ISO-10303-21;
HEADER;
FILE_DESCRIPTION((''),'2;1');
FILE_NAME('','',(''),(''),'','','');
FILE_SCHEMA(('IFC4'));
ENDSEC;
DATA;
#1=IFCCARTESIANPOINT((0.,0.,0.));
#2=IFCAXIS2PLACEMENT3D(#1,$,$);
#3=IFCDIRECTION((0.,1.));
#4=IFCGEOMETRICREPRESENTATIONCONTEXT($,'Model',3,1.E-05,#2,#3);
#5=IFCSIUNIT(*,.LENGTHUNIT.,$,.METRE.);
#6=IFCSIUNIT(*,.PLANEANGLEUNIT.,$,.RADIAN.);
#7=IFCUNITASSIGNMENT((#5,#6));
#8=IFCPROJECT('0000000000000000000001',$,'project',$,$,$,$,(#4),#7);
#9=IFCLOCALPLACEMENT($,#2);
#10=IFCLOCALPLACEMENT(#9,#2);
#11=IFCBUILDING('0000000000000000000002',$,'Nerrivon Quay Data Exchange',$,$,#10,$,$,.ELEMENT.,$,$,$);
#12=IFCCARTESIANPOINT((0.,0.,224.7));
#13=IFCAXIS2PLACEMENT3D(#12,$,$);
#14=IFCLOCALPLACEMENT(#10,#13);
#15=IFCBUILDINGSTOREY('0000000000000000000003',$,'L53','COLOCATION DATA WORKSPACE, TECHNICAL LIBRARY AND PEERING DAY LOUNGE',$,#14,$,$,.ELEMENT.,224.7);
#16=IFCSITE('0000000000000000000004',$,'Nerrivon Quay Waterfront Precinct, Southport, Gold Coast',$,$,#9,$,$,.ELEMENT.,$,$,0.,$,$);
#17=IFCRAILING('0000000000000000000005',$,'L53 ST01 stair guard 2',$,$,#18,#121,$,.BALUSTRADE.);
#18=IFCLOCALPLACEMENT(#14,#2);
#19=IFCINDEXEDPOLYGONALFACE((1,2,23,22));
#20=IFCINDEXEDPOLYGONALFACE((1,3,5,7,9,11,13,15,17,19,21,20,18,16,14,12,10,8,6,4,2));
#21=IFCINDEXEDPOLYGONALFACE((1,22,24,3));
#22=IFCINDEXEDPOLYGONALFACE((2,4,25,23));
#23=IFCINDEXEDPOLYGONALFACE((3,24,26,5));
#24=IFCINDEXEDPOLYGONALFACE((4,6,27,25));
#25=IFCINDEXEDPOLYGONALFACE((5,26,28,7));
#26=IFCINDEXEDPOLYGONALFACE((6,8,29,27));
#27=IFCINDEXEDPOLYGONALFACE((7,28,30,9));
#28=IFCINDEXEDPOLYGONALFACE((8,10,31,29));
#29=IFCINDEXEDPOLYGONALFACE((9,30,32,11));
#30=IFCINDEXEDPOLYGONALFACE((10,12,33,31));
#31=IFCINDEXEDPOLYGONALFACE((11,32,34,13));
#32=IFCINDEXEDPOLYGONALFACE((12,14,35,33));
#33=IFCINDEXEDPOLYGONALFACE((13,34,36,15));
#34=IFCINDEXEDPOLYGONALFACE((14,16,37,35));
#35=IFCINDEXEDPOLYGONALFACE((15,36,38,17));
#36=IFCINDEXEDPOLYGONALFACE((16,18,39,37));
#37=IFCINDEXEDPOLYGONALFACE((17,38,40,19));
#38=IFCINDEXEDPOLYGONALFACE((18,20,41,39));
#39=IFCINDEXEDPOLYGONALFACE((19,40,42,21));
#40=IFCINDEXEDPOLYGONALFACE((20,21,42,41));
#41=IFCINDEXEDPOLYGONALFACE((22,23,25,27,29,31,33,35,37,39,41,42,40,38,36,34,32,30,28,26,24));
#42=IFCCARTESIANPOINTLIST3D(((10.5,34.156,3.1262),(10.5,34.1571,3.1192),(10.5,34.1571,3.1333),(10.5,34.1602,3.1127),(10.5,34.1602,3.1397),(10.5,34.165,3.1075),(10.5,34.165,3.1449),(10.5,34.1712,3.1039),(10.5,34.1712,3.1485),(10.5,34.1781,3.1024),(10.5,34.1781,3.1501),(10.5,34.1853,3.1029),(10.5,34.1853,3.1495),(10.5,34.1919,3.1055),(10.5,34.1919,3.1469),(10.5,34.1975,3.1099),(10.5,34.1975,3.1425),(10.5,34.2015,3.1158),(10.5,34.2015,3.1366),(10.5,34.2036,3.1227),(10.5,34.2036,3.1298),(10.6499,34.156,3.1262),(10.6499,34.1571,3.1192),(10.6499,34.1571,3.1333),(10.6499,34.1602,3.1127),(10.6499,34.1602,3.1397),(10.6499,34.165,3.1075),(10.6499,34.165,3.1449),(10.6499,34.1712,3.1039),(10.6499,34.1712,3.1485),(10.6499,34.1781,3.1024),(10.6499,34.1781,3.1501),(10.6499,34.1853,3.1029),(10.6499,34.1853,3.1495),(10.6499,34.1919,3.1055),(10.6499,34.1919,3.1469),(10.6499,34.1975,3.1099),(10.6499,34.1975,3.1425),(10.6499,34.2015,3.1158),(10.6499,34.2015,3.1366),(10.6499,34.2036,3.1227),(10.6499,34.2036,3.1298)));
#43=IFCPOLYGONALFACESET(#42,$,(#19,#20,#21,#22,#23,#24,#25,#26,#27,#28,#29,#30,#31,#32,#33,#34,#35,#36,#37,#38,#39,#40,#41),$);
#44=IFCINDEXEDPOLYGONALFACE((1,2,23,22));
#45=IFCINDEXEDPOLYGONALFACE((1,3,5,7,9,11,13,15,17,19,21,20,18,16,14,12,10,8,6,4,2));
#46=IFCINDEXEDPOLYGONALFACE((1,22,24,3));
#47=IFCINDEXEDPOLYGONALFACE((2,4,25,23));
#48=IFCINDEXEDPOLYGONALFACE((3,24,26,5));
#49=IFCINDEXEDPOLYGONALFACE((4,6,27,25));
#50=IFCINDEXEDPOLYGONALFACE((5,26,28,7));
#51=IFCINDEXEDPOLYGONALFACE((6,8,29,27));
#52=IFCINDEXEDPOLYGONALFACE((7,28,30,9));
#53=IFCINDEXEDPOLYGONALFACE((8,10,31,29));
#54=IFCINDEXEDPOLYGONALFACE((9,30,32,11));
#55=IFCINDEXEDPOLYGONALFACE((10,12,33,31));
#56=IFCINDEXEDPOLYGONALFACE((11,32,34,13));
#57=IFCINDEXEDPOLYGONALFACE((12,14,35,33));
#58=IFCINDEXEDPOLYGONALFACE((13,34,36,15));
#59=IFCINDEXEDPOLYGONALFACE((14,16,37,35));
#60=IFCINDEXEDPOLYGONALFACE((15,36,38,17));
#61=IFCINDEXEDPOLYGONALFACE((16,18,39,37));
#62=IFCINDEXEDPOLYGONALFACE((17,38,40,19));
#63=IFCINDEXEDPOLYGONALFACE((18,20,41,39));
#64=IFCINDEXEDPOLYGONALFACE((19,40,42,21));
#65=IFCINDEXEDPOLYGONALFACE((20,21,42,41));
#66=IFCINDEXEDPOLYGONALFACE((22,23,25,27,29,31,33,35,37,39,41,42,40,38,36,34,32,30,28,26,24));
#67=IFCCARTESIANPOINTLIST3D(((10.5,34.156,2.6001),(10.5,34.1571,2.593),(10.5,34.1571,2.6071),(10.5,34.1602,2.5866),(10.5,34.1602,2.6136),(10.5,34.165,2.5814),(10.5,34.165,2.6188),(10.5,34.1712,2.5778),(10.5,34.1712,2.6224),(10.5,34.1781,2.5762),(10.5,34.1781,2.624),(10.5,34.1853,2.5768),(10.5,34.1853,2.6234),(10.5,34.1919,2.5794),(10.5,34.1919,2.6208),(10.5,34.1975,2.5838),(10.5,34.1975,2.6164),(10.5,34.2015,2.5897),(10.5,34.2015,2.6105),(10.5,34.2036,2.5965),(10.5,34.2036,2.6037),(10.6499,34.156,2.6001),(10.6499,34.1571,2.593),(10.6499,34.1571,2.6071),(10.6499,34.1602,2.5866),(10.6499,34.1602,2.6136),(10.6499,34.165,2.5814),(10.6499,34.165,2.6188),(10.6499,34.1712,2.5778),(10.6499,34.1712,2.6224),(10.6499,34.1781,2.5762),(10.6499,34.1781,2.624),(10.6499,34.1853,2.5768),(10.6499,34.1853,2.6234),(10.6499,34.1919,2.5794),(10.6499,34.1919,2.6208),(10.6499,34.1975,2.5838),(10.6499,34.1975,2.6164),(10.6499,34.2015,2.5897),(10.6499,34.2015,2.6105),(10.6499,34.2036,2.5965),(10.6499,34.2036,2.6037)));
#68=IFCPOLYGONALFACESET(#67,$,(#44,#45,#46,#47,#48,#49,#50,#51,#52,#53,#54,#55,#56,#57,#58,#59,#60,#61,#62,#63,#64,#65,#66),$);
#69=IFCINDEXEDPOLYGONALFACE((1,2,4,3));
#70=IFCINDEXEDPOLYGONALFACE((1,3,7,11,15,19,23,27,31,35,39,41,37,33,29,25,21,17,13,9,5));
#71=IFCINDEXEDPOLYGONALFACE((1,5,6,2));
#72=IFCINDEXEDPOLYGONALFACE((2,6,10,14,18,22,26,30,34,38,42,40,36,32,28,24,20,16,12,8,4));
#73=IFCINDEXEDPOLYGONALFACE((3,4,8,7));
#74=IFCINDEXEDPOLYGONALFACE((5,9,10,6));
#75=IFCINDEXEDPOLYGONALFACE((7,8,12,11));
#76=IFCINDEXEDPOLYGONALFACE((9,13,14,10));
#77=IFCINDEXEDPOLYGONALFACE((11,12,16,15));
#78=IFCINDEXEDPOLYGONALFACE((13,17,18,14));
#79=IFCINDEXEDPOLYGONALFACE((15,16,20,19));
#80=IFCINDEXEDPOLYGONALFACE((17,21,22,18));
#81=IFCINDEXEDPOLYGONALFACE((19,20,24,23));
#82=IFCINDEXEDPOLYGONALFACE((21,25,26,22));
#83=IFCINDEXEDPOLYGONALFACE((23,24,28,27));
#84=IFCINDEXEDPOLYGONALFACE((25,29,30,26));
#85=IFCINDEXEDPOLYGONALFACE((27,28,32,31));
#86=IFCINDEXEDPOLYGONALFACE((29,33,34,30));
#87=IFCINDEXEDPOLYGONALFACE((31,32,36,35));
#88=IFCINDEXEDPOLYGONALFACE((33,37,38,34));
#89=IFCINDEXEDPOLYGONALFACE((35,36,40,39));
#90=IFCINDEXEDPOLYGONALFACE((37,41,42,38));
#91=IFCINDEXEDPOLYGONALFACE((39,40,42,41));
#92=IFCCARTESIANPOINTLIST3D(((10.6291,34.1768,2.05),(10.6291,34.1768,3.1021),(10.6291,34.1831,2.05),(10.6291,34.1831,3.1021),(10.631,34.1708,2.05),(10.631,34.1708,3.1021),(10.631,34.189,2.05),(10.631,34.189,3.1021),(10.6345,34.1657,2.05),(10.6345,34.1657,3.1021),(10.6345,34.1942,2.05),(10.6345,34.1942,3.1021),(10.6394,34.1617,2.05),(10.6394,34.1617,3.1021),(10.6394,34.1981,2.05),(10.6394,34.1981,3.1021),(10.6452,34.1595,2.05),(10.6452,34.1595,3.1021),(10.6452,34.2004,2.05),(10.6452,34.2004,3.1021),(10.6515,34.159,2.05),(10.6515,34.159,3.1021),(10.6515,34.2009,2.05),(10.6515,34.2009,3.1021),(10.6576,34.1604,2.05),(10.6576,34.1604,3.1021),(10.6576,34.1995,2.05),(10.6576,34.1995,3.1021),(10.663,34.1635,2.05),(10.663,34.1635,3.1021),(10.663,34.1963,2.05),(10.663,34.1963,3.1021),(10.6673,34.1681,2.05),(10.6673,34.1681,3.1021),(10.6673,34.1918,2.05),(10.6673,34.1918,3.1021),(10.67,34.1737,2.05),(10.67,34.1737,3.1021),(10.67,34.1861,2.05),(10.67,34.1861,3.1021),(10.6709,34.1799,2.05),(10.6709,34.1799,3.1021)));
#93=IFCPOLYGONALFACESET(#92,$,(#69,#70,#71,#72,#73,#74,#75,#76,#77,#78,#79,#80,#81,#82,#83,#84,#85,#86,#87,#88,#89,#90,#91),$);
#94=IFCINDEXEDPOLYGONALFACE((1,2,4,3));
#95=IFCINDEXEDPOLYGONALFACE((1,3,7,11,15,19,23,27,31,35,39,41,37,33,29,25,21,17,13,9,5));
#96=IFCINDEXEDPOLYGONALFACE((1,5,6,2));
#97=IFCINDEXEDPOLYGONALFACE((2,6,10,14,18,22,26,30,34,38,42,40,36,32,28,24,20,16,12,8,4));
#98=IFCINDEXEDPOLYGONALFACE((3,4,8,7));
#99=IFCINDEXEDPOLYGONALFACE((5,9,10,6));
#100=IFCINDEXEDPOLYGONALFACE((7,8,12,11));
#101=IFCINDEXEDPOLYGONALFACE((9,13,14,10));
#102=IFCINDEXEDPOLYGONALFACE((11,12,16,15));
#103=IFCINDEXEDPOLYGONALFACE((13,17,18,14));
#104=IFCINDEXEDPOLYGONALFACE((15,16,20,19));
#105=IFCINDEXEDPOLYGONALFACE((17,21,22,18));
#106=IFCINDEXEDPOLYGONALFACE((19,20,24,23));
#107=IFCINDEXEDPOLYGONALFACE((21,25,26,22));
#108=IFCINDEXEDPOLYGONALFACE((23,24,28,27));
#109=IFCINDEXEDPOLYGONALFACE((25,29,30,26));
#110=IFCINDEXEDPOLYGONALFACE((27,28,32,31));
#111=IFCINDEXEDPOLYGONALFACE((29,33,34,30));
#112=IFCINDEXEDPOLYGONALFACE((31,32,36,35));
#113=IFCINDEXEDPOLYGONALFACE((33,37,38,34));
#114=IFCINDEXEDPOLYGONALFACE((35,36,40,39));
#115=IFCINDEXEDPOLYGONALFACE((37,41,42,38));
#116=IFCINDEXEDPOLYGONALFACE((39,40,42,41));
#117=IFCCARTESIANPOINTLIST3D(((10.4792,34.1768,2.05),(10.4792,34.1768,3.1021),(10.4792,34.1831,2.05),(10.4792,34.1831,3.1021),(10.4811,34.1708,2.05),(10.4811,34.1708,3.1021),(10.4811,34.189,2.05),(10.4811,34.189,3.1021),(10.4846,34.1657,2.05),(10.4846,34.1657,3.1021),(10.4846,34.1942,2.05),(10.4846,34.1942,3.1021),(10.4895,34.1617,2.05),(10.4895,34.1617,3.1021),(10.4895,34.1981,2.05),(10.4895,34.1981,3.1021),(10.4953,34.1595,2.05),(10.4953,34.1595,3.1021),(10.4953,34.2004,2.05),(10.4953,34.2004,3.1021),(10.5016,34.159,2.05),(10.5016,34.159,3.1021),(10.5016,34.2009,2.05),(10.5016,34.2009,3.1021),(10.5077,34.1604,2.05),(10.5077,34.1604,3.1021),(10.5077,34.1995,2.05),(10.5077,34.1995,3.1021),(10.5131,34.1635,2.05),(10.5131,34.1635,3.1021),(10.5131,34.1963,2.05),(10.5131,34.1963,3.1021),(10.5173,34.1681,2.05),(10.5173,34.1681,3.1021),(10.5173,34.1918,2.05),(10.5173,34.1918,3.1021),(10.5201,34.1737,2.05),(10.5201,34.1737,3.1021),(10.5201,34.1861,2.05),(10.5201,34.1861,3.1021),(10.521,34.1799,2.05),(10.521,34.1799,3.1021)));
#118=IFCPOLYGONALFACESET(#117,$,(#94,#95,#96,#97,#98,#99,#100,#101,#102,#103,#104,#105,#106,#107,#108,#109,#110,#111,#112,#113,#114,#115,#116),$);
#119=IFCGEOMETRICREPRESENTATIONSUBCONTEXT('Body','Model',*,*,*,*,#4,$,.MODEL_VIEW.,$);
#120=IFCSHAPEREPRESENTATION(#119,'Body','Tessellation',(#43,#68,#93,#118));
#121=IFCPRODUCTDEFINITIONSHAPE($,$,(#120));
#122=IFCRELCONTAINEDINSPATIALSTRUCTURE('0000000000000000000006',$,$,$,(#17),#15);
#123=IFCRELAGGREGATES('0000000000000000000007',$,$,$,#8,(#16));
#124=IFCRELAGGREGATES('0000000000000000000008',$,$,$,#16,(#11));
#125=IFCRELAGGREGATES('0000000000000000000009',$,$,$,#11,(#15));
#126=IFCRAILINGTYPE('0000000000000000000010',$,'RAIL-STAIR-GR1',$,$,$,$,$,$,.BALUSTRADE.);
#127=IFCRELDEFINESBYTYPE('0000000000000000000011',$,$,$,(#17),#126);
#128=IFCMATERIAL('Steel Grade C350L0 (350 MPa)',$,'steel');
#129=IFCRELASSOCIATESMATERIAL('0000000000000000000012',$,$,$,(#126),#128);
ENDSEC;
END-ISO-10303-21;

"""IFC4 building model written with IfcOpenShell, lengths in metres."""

from ifc_helpers import new_model, si_unit, direction, frame, origin, origin_2d, place, context, subcontext, project, spatial, circle, extrude, material, type_object, element, save


model = new_model("IFC4")

# Units and contexts
model_context = context("Model", 3, precision=1e-05, world=origin(), true_north=direction((0.0, 1.0)))
body_context = subcontext(model_context, "Body", "Model", "MODEL_VIEW")
ifc_project = project(units=[si_unit("LENGTHUNIT", "METRE"), si_unit("PLANEANGLEUNIT", "RADIAN")], contexts=[model_context])

# Site, building, storey
site_placement = place(None, origin())
site = spatial("IfcSite", under=ifc_project, at=site_placement, Name="Nerrivon Quay Waterfront Precinct, Southport, Gold Coast", CompositionType="ELEMENT", RefElevation=0.0)
building_placement = place(site_placement, origin())
building = spatial("IfcBuilding", under=site, at=building_placement, Name="Nerrivon Quay Data Exchange", CompositionType="ELEMENT")
storey_placement = place(building_placement, frame((0.0, 0.0, 224.7)))
storey = spatial("IfcBuildingStorey", under=building, at=storey_placement, Name="L53", Description="COLOCATION DATA WORKSPACE, TECHNICAL LIBRARY AND PEERING DAY LOUNGE", CompositionType="ELEMENT", Elevation=224.7)

# Shared definitions
ifc_material_1 = material(Name="Steel Grade C350L0 (350 MPa)", Category="steel")

# Railing
railing_type_1 = type_object("IfcRailingType", Name="RAIL-STAIR-GR1", PredefinedType="BALUSTRADE", material=ifc_material_1)
railing_1_placement = place(storey_placement, frame((10.6499, 34.1799, 2.05)))
element("IfcRailing", 1, at=railing_1_placement, inside=storey, type_object=railing_type_1, Name="L53 ST01 stair guard 2", PredefinedType="BALUSTRADE", context=body_context, shape_type="SweptSolid", body=[
    extrude(circle(Radius=0.0239, at=origin_2d()), frame((0.0, 0.0, 1.0762), z_axis=(-1.0, 0.0, 0.0), x_axis=(0.0, -1.0, 0.0)), (0.0, 0.0, 1.0), 0.1499),
    extrude(circle(Radius=0.0239, at=origin_2d()), frame((0.0, 0.0, 0.55), z_axis=(-1.0, 0.0, 0.0), x_axis=(0.0, -1.0, 0.0)), (0.0, 0.0, 1.0), 0.1499),
    extrude(circle(Radius=0.021, at=origin_2d()), origin(), (0.0, 0.0, 1.0), 1.052),
    extrude(circle(Radius=0.021, at=origin_2d()), frame((-0.1499, 0.0, 0.0)), (0.0, 0.0, 1.0), 1.052),
])

save(model, "model.ifc")
